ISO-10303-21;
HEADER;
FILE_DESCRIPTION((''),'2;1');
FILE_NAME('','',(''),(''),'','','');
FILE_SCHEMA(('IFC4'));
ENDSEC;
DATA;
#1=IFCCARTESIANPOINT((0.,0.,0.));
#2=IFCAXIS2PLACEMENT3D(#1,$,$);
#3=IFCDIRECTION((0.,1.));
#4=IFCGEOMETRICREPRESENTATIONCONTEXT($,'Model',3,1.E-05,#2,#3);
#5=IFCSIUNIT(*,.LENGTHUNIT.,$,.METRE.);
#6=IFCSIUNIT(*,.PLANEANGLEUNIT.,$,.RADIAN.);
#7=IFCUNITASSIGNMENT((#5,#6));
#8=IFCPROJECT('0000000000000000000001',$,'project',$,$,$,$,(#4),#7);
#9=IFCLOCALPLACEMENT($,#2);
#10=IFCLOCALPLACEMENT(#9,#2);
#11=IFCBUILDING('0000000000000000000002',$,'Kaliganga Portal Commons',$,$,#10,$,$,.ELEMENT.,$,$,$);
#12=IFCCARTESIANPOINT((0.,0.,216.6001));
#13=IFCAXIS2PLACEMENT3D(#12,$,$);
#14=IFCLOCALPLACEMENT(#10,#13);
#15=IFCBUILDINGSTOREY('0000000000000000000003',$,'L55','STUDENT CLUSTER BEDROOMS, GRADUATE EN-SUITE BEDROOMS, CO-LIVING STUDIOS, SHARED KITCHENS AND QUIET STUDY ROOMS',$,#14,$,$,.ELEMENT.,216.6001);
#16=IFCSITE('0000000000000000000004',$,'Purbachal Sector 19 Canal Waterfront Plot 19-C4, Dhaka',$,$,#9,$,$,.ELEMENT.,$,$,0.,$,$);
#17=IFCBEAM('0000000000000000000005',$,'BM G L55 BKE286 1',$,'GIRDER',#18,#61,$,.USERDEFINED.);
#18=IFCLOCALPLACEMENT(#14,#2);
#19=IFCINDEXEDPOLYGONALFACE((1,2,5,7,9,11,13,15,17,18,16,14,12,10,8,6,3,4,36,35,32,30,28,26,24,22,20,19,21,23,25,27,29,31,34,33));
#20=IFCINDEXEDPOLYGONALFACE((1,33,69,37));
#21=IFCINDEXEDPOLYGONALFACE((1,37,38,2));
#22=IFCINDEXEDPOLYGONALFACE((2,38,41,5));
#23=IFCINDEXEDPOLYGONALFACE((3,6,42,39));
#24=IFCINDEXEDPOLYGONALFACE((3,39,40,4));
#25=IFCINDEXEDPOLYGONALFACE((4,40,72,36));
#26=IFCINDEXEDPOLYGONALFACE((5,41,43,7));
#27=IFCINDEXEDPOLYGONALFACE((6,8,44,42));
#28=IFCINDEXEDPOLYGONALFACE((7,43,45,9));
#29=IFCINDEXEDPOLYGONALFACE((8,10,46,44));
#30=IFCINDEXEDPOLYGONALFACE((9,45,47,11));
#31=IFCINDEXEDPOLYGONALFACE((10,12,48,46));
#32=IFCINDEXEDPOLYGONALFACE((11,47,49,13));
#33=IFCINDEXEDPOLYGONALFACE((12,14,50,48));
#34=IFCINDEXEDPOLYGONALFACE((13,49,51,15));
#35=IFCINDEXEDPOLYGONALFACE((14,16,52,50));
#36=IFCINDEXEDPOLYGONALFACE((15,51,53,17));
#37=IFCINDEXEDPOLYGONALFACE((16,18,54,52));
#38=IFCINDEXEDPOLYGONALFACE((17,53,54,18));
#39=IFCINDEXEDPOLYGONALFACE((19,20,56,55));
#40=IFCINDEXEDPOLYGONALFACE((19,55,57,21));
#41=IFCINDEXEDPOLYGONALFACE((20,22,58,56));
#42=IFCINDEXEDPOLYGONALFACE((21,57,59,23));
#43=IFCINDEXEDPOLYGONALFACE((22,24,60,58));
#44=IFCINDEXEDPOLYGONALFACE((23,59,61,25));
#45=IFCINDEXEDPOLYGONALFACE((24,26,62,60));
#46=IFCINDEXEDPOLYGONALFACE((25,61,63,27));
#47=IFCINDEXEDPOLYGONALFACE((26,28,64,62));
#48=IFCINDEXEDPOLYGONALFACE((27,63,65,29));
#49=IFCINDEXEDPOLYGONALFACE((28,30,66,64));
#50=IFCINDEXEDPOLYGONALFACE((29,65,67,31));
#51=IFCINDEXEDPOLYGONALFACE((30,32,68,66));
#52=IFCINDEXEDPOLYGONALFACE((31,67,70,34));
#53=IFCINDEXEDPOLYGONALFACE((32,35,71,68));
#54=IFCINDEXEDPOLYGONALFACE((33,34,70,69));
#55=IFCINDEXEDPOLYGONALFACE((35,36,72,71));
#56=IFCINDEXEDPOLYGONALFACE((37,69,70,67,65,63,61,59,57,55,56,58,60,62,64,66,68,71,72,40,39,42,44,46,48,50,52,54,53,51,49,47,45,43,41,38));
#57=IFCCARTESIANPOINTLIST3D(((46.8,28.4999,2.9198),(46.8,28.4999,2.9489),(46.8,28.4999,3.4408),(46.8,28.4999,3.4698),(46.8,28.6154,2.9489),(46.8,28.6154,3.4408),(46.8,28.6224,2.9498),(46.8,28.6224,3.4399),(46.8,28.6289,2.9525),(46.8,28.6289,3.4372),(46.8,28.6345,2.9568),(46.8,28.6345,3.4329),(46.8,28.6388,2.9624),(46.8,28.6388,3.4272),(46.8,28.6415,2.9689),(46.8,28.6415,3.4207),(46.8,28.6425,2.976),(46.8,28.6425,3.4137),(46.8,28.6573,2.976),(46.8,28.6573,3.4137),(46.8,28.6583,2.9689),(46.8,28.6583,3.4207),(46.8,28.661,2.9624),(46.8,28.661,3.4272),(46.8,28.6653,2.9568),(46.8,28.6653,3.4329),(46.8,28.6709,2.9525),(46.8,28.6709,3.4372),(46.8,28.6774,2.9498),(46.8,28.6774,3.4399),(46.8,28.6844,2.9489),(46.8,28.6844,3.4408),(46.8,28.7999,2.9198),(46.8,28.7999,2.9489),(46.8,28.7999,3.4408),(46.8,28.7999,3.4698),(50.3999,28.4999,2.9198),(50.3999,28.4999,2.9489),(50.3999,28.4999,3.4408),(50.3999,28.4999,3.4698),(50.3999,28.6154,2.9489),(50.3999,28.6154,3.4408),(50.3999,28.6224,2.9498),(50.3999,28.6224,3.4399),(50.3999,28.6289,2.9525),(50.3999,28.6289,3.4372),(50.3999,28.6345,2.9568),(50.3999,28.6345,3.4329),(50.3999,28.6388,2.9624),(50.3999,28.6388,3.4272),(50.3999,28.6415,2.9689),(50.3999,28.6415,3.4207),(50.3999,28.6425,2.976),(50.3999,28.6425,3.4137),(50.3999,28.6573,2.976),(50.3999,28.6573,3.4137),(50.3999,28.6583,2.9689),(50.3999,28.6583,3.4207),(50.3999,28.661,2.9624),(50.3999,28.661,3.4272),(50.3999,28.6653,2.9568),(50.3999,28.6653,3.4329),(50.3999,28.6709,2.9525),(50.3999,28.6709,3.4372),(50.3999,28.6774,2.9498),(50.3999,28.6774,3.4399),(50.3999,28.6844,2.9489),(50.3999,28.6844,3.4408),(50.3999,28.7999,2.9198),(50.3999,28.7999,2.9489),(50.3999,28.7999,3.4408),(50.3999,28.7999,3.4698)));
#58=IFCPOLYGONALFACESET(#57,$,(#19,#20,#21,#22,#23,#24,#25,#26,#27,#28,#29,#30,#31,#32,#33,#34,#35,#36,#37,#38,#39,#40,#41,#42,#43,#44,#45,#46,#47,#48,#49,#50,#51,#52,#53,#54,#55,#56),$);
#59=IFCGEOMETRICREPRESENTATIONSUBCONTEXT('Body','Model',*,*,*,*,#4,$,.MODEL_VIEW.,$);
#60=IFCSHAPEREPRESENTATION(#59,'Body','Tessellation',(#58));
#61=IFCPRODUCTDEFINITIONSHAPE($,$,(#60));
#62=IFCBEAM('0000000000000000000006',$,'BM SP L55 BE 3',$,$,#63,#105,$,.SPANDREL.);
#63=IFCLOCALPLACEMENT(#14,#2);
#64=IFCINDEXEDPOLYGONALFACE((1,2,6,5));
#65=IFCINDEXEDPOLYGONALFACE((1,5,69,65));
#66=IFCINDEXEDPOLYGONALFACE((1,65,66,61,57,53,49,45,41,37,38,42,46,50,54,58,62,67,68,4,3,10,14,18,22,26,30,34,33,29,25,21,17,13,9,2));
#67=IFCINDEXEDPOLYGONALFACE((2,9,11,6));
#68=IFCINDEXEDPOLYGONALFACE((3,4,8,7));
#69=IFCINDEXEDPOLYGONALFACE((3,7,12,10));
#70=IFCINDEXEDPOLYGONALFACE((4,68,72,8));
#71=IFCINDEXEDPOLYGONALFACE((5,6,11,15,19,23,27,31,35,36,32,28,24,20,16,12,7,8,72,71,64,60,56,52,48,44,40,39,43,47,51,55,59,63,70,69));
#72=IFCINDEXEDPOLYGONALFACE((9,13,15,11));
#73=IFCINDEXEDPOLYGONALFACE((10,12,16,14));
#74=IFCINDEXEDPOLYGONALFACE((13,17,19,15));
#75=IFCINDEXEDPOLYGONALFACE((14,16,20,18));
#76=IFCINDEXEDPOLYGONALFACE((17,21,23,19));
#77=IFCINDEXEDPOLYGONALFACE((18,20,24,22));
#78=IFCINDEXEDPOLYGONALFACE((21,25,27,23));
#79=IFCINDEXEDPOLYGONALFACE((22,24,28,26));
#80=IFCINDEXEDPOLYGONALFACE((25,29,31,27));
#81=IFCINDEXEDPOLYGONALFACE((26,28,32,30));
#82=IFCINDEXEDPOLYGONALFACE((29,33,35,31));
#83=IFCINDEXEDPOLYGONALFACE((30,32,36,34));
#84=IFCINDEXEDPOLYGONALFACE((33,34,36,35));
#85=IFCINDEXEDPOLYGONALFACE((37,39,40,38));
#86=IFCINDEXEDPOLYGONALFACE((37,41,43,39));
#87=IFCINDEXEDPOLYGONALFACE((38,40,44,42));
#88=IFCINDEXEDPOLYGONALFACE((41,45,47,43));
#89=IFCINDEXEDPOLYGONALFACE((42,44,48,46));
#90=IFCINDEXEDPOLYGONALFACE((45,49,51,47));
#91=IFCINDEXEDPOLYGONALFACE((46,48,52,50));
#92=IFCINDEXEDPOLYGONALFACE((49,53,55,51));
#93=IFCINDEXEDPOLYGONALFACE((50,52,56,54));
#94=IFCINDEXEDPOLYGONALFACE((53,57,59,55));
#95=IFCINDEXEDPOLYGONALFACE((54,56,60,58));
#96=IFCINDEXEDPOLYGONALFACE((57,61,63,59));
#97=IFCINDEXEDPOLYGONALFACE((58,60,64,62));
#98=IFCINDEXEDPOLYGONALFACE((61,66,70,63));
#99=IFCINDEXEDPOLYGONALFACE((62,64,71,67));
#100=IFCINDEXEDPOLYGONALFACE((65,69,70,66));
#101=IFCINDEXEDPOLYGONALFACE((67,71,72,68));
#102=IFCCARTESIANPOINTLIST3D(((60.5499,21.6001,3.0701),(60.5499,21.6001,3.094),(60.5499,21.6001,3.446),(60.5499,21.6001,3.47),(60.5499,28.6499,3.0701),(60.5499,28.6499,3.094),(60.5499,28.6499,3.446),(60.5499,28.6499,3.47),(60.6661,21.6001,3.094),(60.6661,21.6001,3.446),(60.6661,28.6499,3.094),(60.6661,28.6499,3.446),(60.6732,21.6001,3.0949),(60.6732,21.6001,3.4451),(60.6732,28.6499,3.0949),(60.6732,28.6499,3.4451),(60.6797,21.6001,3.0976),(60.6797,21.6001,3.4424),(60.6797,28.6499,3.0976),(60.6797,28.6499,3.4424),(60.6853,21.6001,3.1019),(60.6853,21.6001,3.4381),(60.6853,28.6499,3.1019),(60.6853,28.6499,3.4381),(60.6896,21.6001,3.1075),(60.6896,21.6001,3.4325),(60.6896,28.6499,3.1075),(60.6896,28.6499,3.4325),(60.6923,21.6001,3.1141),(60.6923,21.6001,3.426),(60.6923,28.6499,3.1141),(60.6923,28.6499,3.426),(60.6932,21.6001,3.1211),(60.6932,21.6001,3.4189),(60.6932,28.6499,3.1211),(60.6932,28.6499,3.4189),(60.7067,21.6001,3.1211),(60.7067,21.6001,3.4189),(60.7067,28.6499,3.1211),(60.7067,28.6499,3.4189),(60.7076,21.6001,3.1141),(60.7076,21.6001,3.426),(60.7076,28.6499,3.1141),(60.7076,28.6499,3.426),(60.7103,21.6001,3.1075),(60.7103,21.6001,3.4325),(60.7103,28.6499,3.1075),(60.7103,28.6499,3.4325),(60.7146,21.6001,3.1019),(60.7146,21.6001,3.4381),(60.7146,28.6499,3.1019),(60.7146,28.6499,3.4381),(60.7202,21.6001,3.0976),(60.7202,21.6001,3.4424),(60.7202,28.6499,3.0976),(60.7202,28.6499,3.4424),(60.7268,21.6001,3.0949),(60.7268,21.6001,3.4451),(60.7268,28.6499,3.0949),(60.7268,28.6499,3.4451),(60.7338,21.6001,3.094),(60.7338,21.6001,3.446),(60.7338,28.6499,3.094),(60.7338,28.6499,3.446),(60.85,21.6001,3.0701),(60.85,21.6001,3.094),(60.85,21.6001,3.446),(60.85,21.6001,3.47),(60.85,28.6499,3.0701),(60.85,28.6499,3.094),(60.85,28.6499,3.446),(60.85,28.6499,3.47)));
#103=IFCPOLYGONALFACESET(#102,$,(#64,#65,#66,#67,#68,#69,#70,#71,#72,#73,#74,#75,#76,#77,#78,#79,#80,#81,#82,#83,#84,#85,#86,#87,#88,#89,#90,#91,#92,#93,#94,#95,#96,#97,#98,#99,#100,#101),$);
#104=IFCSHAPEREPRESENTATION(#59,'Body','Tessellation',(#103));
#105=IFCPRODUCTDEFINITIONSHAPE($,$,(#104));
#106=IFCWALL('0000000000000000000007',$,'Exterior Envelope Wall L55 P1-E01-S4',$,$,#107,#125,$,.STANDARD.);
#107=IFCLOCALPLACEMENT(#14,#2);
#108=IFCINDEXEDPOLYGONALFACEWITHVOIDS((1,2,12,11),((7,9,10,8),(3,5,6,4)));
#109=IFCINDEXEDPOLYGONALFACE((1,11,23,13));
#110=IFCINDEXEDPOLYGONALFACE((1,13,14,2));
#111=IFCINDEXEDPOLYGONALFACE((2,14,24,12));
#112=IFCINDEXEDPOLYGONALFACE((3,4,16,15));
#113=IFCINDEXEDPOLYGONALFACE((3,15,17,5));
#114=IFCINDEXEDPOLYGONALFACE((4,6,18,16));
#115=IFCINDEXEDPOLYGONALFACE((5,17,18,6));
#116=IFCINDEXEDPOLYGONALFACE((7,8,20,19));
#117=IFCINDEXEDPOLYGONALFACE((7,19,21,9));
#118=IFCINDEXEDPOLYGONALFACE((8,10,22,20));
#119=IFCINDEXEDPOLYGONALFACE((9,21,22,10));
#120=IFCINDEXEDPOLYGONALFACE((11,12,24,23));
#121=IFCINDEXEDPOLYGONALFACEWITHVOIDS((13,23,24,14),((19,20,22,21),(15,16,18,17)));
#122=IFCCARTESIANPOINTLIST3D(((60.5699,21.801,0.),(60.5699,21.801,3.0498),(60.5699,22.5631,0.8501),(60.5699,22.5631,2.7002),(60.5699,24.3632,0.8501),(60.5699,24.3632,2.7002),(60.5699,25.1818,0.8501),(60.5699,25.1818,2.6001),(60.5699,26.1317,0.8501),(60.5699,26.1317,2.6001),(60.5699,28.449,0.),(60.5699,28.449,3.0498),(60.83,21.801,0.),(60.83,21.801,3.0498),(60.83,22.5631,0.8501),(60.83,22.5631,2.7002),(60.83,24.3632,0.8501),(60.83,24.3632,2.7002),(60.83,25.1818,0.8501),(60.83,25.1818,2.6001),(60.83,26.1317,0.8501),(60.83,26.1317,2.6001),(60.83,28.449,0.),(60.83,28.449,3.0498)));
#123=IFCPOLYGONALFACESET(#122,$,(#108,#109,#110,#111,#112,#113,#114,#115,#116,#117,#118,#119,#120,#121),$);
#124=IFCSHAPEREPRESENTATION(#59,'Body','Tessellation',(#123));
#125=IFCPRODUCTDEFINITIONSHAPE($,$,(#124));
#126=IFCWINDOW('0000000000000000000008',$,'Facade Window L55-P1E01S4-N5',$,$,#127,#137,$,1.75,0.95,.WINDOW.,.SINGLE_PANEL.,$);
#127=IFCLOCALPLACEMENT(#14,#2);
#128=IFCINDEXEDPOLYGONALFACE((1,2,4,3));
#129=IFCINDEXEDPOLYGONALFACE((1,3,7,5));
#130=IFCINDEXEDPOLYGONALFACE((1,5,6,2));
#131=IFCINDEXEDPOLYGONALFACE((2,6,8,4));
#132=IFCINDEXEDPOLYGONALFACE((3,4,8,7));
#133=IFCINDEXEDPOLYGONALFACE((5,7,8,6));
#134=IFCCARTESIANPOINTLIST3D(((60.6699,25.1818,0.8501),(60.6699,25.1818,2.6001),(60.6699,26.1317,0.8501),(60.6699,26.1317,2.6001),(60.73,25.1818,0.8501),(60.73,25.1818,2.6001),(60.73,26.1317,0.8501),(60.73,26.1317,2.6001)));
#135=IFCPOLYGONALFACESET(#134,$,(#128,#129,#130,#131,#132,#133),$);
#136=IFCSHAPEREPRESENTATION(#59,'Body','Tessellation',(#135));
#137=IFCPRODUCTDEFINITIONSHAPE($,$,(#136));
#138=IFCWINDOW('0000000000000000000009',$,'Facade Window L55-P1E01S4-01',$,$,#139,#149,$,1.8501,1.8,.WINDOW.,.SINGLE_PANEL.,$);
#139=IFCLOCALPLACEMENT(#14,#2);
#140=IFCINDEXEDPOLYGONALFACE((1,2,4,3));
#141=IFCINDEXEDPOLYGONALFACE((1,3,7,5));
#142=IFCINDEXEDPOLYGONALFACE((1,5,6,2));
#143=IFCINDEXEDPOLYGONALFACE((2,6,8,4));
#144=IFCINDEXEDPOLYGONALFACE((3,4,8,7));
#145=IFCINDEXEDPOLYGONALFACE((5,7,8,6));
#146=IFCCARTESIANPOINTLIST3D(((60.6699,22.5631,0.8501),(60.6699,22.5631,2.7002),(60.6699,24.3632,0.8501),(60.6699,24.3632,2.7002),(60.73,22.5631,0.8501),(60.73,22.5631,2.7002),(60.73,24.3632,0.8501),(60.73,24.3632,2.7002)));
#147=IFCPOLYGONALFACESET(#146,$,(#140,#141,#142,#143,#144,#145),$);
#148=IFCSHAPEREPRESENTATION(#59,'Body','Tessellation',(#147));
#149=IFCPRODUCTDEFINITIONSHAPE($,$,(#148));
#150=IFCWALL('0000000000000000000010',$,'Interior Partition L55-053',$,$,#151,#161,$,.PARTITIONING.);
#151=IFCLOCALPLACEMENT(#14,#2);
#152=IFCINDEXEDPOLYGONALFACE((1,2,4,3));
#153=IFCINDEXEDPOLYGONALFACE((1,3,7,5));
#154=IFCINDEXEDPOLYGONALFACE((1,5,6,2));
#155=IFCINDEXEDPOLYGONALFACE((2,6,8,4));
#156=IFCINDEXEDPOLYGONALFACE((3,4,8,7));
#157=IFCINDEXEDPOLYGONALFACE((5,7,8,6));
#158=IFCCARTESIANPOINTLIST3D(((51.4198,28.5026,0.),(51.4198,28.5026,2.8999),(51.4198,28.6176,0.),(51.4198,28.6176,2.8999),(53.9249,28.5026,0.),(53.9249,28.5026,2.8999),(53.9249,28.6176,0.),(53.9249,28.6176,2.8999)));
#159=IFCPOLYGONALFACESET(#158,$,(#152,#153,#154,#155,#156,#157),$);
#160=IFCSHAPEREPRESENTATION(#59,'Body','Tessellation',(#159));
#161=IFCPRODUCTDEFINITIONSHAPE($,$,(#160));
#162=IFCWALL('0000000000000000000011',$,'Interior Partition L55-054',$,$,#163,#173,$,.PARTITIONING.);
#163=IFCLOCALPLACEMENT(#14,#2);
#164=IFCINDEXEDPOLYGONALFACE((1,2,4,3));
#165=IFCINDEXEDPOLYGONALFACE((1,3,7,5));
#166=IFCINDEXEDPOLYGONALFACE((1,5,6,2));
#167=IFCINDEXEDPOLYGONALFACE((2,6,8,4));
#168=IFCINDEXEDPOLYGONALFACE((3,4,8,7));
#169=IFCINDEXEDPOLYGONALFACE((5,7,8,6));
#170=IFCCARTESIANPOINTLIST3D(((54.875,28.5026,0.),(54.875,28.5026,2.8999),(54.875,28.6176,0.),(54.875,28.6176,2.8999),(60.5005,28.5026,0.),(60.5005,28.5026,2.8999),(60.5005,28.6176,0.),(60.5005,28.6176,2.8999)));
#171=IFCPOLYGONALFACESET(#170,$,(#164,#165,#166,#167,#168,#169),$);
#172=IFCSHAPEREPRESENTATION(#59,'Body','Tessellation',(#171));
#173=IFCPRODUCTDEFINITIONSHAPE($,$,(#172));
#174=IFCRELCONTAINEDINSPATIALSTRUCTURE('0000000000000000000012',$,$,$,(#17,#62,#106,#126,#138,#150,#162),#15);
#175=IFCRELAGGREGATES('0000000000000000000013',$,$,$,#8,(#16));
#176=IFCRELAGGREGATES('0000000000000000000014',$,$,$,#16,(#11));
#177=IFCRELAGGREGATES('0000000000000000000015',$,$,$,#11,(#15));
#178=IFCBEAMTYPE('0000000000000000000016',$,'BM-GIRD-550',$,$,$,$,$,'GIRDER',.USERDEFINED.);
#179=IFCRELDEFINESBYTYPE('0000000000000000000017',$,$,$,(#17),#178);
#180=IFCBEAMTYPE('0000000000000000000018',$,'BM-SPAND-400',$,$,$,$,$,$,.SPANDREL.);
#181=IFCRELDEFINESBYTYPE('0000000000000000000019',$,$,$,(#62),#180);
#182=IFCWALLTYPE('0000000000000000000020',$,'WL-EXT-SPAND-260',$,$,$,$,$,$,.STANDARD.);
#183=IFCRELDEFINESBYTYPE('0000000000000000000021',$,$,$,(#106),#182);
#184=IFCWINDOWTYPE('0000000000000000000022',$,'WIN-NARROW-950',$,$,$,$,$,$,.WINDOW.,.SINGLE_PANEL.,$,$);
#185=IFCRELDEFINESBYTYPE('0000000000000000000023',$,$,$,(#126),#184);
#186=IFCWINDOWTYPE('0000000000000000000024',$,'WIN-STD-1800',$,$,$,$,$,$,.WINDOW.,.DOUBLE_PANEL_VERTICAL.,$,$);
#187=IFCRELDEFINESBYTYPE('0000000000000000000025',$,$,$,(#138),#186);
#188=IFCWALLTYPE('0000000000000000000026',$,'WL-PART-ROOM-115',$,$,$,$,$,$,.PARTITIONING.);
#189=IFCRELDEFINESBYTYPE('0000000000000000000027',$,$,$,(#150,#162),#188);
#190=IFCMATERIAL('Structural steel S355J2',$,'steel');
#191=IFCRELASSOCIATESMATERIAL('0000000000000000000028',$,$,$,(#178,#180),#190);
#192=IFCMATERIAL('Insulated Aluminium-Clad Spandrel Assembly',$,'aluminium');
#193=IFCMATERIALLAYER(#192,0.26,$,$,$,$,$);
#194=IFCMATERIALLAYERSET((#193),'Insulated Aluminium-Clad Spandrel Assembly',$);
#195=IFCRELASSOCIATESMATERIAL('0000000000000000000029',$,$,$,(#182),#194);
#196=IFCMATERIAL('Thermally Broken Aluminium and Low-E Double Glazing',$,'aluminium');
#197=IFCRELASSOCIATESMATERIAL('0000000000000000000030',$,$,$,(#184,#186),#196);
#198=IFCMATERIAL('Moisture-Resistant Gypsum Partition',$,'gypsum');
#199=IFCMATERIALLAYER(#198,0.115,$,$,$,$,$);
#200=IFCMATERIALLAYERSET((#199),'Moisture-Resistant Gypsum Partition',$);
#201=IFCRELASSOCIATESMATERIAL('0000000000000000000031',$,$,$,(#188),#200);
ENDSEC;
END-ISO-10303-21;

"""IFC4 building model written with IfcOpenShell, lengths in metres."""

from ifc_helpers import new_model, si_unit, direction, frame, frame_2d, origin, origin_2d, place, context, subcontext, project, spatial, rectangle, i_section, extrude, source, transform, mapped, material, layer, layer_set, material_profile, profile_set, type_object, element, fill, save


model = new_model("IFC4")

# Units and contexts
model_context = context("Model", 3, precision=1e-05, world=origin(), true_north=direction((0.0, 1.0)))
body_context = subcontext(model_context, "Body", "Model", "MODEL_VIEW")
ifc_project = project(units=[si_unit("LENGTHUNIT", "METRE"), si_unit("PLANEANGLEUNIT", "RADIAN")], contexts=[model_context])

# Site, building, storey
site_placement = place(None, origin())
site = spatial("IfcSite", under=ifc_project, at=site_placement, Name="Purbachal Sector 19 Canal Waterfront Plot 19-C4, Dhaka", CompositionType="ELEMENT", RefElevation=0.0)
building_placement = place(site_placement, origin())
building = spatial("IfcBuilding", under=site, at=building_placement, Name="Kaliganga Portal Commons", CompositionType="ELEMENT")
storey_placement = place(building_placement, frame((0.0, 0.0, 216.6001)))
storey = spatial("IfcBuildingStorey", under=building, at=storey_placement, Name="L55", Description="STUDENT CLUSTER BEDROOMS, GRADUATE EN-SUITE BEDROOMS, CO-LIVING STUDIOS, SHARED KITCHENS AND QUIET STUDY ROOMS", CompositionType="ELEMENT", Elevation=216.6001)

# Shared definitions
ifc_material_1 = material(Name="Structural steel S355J2", Category="steel")

# Beams
ifc_material_profile_1 = material_profile(ifc_material_1, i_section(OverallWidth=0.3, OverallDepth=0.55, WebThickness=0.0149, FlangeThickness=0.0291, FilletRadius=0.0271, at=origin_2d()), Name="HE 550 B")
ifc_profile_set_1 = profile_set([ifc_material_profile_1], Name="Structural steel S355J2 wide-flange")
beam_type_1 = type_object("IfcBeamType", Name="BM-GIRD-550", ElementType="GIRDER", PredefinedType="USERDEFINED", material=ifc_profile_set_1)
shared_shape_1 = source(origin(), body_context, "Body", "SweptSolid", [
    extrude(i_section(OverallWidth=0.3, OverallDepth=0.55, WebThickness=0.0149, FlangeThickness=0.0291, FilletRadius=0.0271, at=origin_2d()), origin(), (0.0, 0.0, 1.0), 3.5999),
])
for number, where, z_axis, x_axis, name in (
    (1, (46.8, 28.6499, 3.1948), (1.0, 0.0, 0.0), (0.0, 1.0, 0.0), "BM G L55 BKE286 1"),
):
    element("IfcBeam", number, at=place(storey_placement, frame(where, z_axis=z_axis, x_axis=x_axis)), inside=storey, type_object=beam_type_1, Name=name, ObjectType="GIRDER", PredefinedType="USERDEFINED", context=body_context, shape_type="MappedRepresentation", body=[
        mapped(shared_shape_1, transform((0.0, 0.0, 0.0), x_axis=(1.0, 0.0, 0.0), y_axis=(0.0, 1.0, 0.0), z_axis=(0.0, 0.0, 1.0), scale=1.0)),
    ])
ifc_material_profile_2 = material_profile(ifc_material_1, i_section(OverallWidth=0.3, OverallDepth=0.3999, WebThickness=0.0134, FlangeThickness=0.0239, FilletRadius=0.0271, at=origin_2d()), Name="HE 400 B")
ifc_profile_set_2 = profile_set([ifc_material_profile_2], Name="Structural steel S355J2 wide-flange")
beam_type_2 = type_object("IfcBeamType", Name="BM-SPAND-400", PredefinedType="SPANDREL", material=ifc_profile_set_2)
shared_shape_2 = source(origin(), body_context, "Body", "SweptSolid", [
    extrude(i_section(OverallWidth=0.3, OverallDepth=0.3999, WebThickness=0.0134, FlangeThickness=0.0239, FilletRadius=0.0271, at=origin_2d()), origin(), (0.0, 0.0, 1.0), 7.0498),
])
beam_1_placement = place(storey_placement, frame((60.7, 21.6001, 3.27), z_axis=(0.0, 1.0, 0.0), x_axis=(-1.0, 0.0, 0.0)))
element("IfcBeam", 2, at=beam_1_placement, inside=storey, type_object=beam_type_2, Name="BM SP L55 BE 3", PredefinedType="SPANDREL", context=body_context, shape_type="MappedRepresentation", body=[
    mapped(shared_shape_2, transform((0.0, 0.0, 0.0), x_axis=(1.0, 0.0, 0.0), y_axis=(0.0, 1.0, 0.0), z_axis=(0.0, 0.0, 1.0), scale=1.0)),
])

# Wall, openings, windows
ifc_material_2 = material(Name="Insulated Aluminium-Clad Spandrel Assembly", Category="aluminium")
ifc_layer_1 = layer(ifc_material_2, 0.26)
ifc_layer_set_1 = layer_set([ifc_layer_1], Name="Insulated Aluminium-Clad Spandrel Assembly")
wall_type_1 = type_object("IfcWallType", Name="WL-EXT-SPAND-260", PredefinedType="STANDARD", material=ifc_layer_set_1)
wall_1_placement = place(storey_placement, frame((60.7, 28.449, 0.0), z_axis=(0.0, 0.0, 1.0), x_axis=(0.0, -1.0, 0.0)))
wall_1 = element("IfcWall", 3, at=wall_1_placement, inside=storey, type_object=wall_type_1, Name="Exterior Envelope Wall L55 P1-E01-S4", PredefinedType="STANDARD", context=body_context, shape_type="SweptSolid", body=[
    extrude(rectangle(XDim=6.6479, YDim=0.26, at=frame_2d((3.324, 0.0))), origin(), (0.0, 0.0, 1.0), 3.0498),
])
opening_1_placement = place(wall_1_placement, frame((4.0859, 0.0, 0.8501)))
opening_1 = element("IfcOpeningElement", 4, at=opening_1_placement, cuts=wall_1, PredefinedType="OPENING", context=body_context, shape_type="SweptSolid", body=[
    extrude(rectangle(XDim=1.8, YDim=1.8501, at=frame_2d((0.8999, 0.925))), frame((0.0, 0.1401, 0.0), z_axis=(0.0, -1.0, 0.0), x_axis=(1.0, 0.0, 0.0)), (0.0, 0.0, 1.0), 0.28),
])
opening_2_placement = place(wall_1_placement, frame((2.3171, 0.0, 0.8501)))
opening_2 = element("IfcOpeningElement", 5, at=opening_2_placement, cuts=wall_1, PredefinedType="OPENING", context=body_context, shape_type="SweptSolid", body=[
    extrude(rectangle(XDim=0.95, YDim=1.75, at=frame_2d((0.4751, 0.875))), frame((0.0, 0.1401, 0.0), z_axis=(0.0, -1.0, 0.0), x_axis=(1.0, 0.0, 0.0)), (0.0, 0.0, 1.0), 0.28),
])
ifc_material_3 = material(Name="Thermally Broken Aluminium and Low-E Double Glazing", Category="aluminium")
window_type_1 = type_object("IfcWindowType", Name="WIN-NARROW-950", PartitioningType="SINGLE_PANEL", PredefinedType="WINDOW", material=ifc_material_3)
window_1_placement = place(opening_2_placement, origin())
window_1 = element("IfcWindow", 6, at=window_1_placement, inside=storey, type_object=window_type_1, Name="Facade Window L55-P1E01S4-N5", OverallHeight=1.75, OverallWidth=0.95, PartitioningType="SINGLE_PANEL", PredefinedType="WINDOW", context=body_context, shape_type="SweptSolid", body=[
    extrude(rectangle(XDim=0.95, YDim=1.75, at=frame_2d((0.4751, 0.875))), frame((0.0, 0.03, 0.0), z_axis=(0.0, -1.0, 0.0), x_axis=(1.0, 0.0, 0.0)), (0.0, 0.0, 1.0), 0.0601),
])
fill(opening_2, window_1)
window_type_2 = type_object("IfcWindowType", Name="WIN-STD-1800", PartitioningType="DOUBLE_PANEL_VERTICAL", PredefinedType="WINDOW", material=ifc_material_3)
window_2_placement = place(opening_1_placement, origin())
window_2 = element("IfcWindow", 7, at=window_2_placement, inside=storey, type_object=window_type_2, Name="Facade Window L55-P1E01S4-01", OverallHeight=1.8501, OverallWidth=1.8, PartitioningType="SINGLE_PANEL", PredefinedType="WINDOW", context=body_context, shape_type="SweptSolid", body=[
    extrude(rectangle(XDim=1.8, YDim=1.8501, at=frame_2d((0.8999, 0.925))), frame((0.0, 0.03, 0.0), z_axis=(0.0, -1.0, 0.0), x_axis=(1.0, 0.0, 0.0)), (0.0, 0.0, 1.0), 0.0601),
])
fill(opening_1, window_2)

# Walls
ifc_material_4 = material(Name="Moisture-Resistant Gypsum Partition", Category="gypsum")
ifc_layer_2 = layer(ifc_material_4, 0.115)
ifc_layer_set_2 = layer_set([ifc_layer_2], Name="Moisture-Resistant Gypsum Partition")
wall_type_2 = type_object("IfcWallType", Name="WL-PART-ROOM-115", PredefinedType="PARTITIONING", material=ifc_layer_set_2)
wall_2_placement = place(storey_placement, frame((51.4199, 28.5601, 0.0), z_axis=(0.0, 0.0, 1.0), x_axis=(1.0, 0.0, 0.0)))
element("IfcWall", 8, at=wall_2_placement, inside=storey, type_object=wall_type_2, Name="Interior Partition L55-053", PredefinedType="PARTITIONING", context=body_context, shape_type="SweptSolid", body=[
    extrude(rectangle(XDim=2.5051, YDim=0.115, at=frame_2d((1.2524, 0.0))), origin(), (0.0, 0.0, 1.0), 2.8999),
])
wall_3_placement = place(storey_placement, frame((54.875, 28.5601, 0.0), z_axis=(0.0, 0.0, 1.0), x_axis=(1.0, 0.0, 0.0)))
element("IfcWall", 9, at=wall_3_placement, inside=storey, type_object=wall_type_2, Name="Interior Partition L55-054", PredefinedType="PARTITIONING", context=body_context, shape_type="SweptSolid", body=[
    extrude(rectangle(XDim=5.6255, YDim=0.115, at=frame_2d((2.8127, 0.0))), origin(), (0.0, 0.0, 1.0), 2.8999),
])

save(model, "model.ifc")
